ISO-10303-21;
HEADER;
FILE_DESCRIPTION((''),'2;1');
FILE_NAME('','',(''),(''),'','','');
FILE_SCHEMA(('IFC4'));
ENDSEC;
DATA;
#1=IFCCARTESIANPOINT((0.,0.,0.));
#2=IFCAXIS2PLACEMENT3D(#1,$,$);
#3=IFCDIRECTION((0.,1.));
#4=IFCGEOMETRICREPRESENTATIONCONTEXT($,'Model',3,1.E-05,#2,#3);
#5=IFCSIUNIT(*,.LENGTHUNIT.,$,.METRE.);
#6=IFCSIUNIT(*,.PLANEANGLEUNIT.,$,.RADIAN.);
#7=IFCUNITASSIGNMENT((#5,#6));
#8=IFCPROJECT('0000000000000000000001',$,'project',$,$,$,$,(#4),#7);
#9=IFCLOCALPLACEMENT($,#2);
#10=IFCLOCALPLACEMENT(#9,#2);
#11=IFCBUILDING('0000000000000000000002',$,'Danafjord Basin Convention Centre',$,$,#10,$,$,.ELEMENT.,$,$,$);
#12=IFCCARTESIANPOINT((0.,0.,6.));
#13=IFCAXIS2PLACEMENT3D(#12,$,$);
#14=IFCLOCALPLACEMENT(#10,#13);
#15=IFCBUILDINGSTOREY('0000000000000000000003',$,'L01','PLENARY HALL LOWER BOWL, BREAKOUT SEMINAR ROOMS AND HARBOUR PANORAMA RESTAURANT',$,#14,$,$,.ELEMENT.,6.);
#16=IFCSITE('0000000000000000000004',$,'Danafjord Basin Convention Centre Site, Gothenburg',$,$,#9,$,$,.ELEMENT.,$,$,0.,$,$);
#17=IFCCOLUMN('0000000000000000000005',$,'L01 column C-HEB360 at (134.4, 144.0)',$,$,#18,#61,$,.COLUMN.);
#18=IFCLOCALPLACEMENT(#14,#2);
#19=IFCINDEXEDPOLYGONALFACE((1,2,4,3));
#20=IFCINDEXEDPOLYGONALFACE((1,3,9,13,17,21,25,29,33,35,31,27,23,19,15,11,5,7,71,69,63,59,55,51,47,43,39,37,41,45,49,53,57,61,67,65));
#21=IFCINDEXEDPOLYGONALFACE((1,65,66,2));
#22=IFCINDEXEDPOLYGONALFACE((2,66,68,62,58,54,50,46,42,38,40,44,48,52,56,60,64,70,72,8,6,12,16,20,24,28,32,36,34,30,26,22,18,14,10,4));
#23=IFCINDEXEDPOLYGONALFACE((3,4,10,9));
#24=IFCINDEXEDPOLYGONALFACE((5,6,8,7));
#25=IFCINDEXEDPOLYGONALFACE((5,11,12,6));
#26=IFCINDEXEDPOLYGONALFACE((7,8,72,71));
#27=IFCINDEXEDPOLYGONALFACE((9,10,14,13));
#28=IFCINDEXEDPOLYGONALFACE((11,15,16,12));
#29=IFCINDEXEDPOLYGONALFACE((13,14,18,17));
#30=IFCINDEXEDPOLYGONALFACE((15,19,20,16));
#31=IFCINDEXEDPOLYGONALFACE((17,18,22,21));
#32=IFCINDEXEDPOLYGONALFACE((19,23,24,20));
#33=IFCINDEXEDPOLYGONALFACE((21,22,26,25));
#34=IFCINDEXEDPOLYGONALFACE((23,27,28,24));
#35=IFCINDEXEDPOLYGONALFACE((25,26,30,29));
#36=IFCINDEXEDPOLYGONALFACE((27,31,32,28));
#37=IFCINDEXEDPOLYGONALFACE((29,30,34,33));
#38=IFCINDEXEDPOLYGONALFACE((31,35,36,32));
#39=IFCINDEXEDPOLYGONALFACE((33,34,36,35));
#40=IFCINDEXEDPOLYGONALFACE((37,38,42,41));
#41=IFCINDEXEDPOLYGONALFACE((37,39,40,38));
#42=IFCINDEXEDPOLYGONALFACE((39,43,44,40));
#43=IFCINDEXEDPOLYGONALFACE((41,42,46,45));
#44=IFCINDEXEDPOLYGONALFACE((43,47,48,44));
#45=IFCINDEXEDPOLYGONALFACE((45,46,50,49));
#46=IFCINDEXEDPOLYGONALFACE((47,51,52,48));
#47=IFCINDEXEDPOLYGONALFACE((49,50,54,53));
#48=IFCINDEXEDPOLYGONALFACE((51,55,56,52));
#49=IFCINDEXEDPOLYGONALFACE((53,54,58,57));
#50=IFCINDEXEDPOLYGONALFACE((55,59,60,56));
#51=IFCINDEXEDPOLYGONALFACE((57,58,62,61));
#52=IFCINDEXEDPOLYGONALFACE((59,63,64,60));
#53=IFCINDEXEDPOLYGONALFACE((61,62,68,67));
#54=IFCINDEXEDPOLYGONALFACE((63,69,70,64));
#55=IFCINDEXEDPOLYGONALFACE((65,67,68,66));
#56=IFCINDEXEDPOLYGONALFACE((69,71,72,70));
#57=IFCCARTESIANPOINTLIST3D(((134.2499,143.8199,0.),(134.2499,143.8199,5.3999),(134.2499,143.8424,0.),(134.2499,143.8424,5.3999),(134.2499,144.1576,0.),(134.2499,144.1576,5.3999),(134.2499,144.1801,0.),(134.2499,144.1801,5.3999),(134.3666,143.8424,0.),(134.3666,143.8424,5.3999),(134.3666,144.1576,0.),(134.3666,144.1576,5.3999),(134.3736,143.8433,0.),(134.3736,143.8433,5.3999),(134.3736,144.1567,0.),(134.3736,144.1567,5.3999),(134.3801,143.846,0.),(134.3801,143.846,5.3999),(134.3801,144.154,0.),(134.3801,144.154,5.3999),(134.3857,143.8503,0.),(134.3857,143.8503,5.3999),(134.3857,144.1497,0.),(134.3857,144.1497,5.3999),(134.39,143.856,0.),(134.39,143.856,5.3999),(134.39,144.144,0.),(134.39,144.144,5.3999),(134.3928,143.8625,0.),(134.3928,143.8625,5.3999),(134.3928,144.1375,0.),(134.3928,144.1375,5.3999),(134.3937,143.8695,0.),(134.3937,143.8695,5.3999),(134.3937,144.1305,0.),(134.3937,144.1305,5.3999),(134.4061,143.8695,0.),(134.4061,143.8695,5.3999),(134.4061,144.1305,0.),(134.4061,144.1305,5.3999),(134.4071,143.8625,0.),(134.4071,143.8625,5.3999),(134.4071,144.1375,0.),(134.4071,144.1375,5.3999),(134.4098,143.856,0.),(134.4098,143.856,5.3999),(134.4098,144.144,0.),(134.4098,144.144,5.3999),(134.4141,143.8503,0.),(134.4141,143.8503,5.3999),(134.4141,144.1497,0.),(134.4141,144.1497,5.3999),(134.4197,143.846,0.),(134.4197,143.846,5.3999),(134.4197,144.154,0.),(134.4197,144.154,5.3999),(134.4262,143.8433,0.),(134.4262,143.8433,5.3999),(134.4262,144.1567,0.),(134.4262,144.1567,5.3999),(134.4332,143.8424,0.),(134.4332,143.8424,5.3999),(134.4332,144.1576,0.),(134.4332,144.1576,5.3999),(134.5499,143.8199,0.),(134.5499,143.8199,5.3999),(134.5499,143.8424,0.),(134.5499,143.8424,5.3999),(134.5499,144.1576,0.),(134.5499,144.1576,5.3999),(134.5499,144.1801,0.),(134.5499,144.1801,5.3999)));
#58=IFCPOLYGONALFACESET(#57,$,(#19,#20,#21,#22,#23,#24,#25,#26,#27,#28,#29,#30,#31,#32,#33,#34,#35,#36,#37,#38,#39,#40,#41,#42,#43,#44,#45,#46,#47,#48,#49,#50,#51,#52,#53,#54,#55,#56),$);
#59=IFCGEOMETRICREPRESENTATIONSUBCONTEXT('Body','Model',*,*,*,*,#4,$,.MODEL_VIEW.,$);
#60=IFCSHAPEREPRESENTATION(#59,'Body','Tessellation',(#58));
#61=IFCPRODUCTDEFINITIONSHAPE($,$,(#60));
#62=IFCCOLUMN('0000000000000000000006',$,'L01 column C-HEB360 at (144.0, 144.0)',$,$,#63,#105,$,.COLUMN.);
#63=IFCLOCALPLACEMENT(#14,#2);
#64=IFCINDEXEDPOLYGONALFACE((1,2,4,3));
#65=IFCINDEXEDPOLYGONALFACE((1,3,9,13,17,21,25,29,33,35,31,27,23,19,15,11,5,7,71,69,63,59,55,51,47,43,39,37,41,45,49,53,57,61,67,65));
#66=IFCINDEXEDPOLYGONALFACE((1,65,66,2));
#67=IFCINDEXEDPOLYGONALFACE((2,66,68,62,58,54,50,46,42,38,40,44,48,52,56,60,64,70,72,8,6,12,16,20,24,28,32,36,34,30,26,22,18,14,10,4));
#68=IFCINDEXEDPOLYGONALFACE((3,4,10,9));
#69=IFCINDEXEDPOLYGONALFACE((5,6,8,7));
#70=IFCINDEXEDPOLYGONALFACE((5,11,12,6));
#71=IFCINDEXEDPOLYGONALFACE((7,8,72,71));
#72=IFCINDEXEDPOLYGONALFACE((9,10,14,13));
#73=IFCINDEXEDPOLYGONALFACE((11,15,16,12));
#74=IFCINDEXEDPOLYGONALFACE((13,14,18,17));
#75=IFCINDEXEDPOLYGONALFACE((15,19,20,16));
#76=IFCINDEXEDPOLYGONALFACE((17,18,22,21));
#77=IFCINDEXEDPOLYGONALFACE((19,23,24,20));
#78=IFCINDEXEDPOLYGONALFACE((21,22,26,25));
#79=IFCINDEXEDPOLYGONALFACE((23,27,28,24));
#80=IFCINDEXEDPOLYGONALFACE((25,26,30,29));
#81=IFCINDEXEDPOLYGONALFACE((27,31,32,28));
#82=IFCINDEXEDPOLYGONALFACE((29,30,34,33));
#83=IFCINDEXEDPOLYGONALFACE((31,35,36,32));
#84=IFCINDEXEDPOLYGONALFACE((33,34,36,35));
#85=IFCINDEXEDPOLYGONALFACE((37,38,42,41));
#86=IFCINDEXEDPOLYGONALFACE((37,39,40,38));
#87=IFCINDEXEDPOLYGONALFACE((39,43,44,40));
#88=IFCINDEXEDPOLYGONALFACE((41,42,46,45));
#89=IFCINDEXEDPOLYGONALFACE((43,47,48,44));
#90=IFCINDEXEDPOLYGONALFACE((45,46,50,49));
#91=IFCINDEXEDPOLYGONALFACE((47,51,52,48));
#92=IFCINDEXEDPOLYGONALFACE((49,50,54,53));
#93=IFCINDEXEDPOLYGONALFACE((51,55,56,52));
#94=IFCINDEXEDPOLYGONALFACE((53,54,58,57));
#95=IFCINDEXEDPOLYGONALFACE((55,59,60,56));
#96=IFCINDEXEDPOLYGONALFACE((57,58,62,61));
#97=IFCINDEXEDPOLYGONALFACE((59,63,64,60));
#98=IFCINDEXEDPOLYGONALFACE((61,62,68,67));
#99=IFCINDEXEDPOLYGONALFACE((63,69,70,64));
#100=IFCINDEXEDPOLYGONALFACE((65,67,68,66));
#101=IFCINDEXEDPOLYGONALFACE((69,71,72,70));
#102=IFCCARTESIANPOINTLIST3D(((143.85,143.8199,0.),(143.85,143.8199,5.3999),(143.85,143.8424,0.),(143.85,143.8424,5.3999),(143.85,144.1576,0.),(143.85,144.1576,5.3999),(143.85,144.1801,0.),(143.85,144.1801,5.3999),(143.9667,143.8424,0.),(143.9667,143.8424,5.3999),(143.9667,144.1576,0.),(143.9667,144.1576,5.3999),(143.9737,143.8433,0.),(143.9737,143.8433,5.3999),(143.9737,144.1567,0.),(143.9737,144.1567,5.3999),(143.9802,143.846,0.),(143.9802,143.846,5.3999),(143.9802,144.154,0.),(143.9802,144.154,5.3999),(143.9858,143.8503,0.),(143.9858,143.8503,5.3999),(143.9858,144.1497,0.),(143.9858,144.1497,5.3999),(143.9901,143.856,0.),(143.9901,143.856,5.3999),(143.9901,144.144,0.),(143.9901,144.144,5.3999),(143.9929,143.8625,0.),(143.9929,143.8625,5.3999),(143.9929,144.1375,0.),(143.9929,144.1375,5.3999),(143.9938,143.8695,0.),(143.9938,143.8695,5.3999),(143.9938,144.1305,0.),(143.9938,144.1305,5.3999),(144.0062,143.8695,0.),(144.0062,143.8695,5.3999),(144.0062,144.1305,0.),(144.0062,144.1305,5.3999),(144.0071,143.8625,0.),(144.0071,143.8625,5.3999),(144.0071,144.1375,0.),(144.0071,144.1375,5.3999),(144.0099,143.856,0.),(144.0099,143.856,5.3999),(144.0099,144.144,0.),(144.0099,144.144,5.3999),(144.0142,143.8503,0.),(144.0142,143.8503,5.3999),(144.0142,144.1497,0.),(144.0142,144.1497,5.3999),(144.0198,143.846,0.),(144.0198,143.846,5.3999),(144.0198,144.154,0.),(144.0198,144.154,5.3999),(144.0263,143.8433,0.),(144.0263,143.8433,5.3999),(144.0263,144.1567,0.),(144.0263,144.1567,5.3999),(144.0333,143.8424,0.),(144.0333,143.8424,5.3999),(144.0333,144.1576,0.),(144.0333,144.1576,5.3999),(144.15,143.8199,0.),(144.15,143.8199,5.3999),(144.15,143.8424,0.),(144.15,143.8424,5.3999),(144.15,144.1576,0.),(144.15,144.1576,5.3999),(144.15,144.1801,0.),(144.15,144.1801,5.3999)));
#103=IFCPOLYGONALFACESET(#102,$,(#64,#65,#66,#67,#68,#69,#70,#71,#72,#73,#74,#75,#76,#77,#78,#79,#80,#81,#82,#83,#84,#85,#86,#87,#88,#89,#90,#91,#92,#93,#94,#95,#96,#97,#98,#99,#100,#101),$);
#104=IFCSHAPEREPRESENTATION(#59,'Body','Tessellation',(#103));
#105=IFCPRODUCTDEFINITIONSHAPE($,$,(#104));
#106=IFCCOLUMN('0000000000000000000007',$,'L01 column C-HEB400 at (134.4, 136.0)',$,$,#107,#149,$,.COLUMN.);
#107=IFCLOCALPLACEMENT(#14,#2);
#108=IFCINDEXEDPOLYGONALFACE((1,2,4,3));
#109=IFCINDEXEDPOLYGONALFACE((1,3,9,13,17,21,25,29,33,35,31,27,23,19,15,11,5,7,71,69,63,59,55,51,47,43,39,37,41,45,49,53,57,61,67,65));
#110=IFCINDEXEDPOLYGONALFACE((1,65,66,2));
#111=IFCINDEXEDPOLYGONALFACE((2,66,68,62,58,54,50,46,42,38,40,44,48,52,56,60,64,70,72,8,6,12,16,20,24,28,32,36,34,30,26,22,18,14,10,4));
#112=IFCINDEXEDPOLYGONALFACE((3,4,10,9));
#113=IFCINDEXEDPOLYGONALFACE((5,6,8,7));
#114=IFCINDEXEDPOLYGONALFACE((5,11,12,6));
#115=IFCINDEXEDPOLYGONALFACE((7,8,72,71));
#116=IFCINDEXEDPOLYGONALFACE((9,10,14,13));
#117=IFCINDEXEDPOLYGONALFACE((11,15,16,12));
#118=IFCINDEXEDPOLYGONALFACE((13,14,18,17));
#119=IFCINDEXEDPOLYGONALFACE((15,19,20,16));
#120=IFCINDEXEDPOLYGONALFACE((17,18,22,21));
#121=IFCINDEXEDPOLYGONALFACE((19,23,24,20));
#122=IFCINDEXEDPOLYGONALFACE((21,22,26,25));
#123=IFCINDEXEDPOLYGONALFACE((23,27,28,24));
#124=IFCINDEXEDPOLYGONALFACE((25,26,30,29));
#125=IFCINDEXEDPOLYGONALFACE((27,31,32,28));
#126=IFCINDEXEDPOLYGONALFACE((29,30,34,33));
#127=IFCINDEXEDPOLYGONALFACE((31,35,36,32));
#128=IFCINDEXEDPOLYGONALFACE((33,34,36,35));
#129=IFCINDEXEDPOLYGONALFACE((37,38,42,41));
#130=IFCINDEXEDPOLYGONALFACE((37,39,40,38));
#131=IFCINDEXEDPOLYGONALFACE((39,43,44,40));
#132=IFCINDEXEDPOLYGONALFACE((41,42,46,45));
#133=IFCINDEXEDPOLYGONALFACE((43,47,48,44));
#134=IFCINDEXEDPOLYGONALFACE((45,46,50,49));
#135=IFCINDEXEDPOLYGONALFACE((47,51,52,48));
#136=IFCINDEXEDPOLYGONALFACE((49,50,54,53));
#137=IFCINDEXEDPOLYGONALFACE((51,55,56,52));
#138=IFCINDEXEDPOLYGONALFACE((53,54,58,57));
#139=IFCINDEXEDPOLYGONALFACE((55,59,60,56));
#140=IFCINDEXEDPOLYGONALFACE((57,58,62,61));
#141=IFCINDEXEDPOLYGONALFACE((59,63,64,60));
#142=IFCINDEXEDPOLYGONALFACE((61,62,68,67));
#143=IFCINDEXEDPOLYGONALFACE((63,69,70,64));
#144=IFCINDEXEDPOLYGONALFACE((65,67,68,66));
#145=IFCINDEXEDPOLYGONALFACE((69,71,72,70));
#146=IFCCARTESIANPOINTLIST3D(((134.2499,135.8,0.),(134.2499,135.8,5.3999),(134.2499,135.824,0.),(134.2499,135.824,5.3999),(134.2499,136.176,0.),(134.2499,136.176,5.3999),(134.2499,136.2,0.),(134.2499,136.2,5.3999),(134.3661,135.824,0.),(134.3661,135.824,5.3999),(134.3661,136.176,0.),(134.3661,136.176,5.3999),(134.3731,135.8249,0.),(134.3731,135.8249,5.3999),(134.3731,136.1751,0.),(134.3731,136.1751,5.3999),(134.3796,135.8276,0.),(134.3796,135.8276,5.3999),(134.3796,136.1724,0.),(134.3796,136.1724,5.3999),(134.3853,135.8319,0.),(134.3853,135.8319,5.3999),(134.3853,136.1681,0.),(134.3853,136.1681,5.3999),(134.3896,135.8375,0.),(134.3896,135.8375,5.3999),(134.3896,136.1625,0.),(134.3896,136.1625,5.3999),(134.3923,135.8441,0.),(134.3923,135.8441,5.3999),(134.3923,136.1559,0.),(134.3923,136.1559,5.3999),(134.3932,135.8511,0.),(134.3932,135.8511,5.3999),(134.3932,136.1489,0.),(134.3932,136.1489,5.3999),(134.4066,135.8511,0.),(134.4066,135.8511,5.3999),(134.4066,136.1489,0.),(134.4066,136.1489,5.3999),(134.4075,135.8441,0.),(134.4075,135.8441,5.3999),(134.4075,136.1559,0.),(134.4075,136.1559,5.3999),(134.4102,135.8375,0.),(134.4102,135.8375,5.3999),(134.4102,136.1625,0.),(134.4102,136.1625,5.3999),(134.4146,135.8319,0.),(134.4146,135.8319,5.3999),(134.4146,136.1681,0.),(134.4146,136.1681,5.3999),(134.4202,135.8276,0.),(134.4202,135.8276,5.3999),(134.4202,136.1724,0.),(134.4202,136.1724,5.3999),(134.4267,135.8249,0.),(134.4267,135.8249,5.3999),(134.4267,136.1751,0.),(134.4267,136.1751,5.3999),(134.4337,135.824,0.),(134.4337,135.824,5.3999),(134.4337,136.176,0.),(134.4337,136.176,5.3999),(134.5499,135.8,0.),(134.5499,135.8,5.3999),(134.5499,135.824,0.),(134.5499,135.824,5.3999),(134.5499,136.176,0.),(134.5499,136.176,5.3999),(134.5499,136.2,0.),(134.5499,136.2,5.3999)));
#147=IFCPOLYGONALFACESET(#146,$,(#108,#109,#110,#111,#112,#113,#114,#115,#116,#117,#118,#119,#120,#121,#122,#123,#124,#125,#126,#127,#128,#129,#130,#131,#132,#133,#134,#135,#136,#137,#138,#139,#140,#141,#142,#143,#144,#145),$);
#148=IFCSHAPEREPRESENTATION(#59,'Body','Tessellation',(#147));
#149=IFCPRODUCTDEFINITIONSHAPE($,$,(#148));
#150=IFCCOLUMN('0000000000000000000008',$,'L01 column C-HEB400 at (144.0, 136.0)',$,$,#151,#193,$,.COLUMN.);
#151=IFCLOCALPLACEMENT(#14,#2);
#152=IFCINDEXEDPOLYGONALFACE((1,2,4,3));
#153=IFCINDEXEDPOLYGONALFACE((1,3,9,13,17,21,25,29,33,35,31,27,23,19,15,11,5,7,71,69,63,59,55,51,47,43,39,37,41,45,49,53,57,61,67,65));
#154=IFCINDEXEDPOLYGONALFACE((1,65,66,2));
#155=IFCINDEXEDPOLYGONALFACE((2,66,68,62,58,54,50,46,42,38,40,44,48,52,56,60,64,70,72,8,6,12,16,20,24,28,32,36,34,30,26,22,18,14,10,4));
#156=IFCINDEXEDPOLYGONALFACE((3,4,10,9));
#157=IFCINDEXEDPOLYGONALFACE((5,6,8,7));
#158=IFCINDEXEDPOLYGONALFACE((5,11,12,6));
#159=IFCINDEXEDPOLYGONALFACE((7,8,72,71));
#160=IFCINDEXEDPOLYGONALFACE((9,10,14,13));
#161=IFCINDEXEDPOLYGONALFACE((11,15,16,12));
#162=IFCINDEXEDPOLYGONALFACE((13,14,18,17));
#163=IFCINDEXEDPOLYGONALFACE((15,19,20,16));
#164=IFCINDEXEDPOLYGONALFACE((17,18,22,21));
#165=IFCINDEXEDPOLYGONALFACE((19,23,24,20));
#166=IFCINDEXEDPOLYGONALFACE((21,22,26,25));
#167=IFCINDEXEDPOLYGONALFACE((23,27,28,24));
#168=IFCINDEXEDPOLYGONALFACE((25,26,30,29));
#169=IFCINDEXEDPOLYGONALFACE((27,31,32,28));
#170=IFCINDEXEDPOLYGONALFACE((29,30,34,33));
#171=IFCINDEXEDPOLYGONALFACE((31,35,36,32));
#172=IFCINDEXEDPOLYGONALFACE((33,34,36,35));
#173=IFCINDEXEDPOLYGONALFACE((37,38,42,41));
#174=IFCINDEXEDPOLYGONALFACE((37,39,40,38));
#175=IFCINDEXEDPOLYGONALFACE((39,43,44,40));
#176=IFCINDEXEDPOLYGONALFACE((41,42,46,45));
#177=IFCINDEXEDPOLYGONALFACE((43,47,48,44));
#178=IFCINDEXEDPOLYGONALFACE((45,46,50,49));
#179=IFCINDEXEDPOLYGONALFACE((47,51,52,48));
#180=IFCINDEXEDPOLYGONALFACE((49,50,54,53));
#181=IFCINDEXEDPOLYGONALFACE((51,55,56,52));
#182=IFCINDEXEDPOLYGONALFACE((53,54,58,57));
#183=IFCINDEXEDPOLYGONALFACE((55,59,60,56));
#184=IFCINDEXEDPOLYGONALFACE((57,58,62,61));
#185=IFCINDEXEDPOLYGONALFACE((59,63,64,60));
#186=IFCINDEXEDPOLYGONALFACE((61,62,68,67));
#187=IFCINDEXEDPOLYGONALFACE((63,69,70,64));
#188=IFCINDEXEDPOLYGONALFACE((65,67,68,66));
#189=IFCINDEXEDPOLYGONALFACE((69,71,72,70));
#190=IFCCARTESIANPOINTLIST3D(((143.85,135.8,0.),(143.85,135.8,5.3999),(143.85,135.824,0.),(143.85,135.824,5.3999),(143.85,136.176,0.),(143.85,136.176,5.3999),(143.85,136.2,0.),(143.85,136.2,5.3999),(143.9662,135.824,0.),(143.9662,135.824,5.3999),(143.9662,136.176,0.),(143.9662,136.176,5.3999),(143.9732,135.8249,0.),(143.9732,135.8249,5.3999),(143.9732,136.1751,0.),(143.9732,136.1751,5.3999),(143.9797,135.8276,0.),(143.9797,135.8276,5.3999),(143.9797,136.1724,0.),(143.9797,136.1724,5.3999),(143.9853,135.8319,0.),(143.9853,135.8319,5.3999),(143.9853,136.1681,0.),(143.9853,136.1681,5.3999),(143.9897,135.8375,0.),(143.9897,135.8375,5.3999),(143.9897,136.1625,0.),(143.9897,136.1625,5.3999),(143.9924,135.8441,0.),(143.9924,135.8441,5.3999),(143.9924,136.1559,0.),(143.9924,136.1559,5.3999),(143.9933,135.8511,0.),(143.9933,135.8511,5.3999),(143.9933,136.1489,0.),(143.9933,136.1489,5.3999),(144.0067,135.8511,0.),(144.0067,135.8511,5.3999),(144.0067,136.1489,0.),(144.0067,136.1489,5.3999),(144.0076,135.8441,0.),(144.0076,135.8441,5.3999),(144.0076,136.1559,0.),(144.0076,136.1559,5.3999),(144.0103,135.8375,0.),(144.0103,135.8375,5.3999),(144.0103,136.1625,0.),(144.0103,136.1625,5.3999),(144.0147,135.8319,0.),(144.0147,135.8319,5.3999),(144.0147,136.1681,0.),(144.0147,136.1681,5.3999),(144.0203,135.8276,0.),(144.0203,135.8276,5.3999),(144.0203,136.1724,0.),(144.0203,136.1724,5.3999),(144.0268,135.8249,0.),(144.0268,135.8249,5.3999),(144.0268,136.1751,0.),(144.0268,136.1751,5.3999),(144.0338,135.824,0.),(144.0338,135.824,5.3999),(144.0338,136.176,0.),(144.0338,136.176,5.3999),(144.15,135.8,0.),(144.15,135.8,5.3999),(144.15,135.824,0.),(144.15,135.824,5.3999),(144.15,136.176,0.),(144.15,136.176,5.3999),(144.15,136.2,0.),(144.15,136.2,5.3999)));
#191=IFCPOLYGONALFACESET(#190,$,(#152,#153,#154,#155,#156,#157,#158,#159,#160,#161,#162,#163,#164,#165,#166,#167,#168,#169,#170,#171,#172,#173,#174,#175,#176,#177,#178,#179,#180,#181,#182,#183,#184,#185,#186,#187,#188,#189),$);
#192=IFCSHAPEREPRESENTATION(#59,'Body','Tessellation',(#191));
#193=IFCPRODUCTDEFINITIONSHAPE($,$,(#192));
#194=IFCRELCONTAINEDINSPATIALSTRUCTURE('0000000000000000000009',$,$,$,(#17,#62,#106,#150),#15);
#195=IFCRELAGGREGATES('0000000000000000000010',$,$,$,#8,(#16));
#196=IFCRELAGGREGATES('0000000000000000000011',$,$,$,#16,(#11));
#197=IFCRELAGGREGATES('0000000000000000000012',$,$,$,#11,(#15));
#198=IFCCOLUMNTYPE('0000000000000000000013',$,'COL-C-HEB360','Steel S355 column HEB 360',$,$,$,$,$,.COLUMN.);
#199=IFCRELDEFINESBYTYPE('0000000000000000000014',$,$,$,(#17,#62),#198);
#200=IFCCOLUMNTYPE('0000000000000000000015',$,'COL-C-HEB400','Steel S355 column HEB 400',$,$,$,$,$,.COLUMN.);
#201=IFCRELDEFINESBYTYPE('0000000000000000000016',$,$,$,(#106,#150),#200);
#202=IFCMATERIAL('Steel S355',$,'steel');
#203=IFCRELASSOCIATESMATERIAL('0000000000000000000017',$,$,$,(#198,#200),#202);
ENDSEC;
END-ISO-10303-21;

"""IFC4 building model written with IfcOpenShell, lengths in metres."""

from ifc_helpers import new_model, si_unit, direction, frame, origin, origin_2d, place, context, subcontext, project, spatial, i_section, extrude, material, material_profile, profile_set, type_object, element, save


model = new_model("IFC4")

# Units and contexts
model_context = context("Model", 3, precision=1e-05, world=origin(), true_north=direction((0.0, 1.0)))
body_context = subcontext(model_context, "Body", "Model", "MODEL_VIEW")
ifc_project = project(units=[si_unit("LENGTHUNIT", "METRE"), si_unit("PLANEANGLEUNIT", "RADIAN")], contexts=[model_context])

# Site, building, storey
site_placement = place(None, origin())
site = spatial("IfcSite", under=ifc_project, at=site_placement, Name="Danafjord Basin Convention Centre Site, Gothenburg", CompositionType="ELEMENT", RefElevation=0.0)
building_placement = place(site_placement, origin())
building = spatial("IfcBuilding", under=site, at=building_placement, Name="Danafjord Basin Convention Centre", CompositionType="ELEMENT")
storey_placement = place(building_placement, frame((0.0, 0.0, 6.0)))
storey = spatial("IfcBuildingStorey", under=building, at=storey_placement, Name="L01", Description="PLENARY HALL LOWER BOWL, BREAKOUT SEMINAR ROOMS AND HARBOUR PANORAMA RESTAURANT", CompositionType="ELEMENT", Elevation=6.0)

# Columns
ifc_material_1 = material(Name="Steel S355", Category="steel")
ifc_material_profile_1 = material_profile(ifc_material_1, i_section(OverallWidth=0.3, OverallDepth=0.3601, WebThickness=0.0125, FlangeThickness=0.0225, FilletRadius=0.0271, at=origin_2d()), Name="HEB 360")
ifc_profile_set_1 = profile_set([ifc_material_profile_1], Name="Steel S355")
column_type_1 = type_object("IfcColumnType", Name="COL-C-HEB360", Description="Steel S355 column HEB 360", PredefinedType="COLUMN", material=ifc_profile_set_1)
for number, where, z_axis, x_axis, name in (
    (1, (134.3999, 144.0, 0.0), (0.0, 0.0, 1.0), (1.0, 0.0, 0.0), "L01 column C-HEB360 at (134.4, 144.0)"),
    (2, (144.0, 144.0, 0.0), (0.0, 0.0, 1.0), (1.0, 0.0, 0.0), "L01 column C-HEB360 at (144.0, 144.0)"),
):
    element("IfcColumn", number, at=place(storey_placement, frame(where, z_axis=z_axis, x_axis=x_axis)), inside=storey, type_object=column_type_1, Name=name, PredefinedType="COLUMN", context=body_context, shape_type="SweptSolid", body=[
        extrude(i_section(OverallWidth=0.3, OverallDepth=0.3601, WebThickness=0.0125, FlangeThickness=0.0225, FilletRadius=0.0271, at=origin_2d()), origin(), (0.0, 0.0, 1.0), 5.3999),
    ])
ifc_material_profile_2 = material_profile(ifc_material_1, i_section(OverallWidth=0.3, OverallDepth=0.3999, WebThickness=0.0134, FlangeThickness=0.0239, FilletRadius=0.0271, at=origin_2d()), Name="HEB 400")
ifc_profile_set_2 = profile_set([ifc_material_profile_2], Name="Steel S355")
column_type_2 = type_object("IfcColumnType", Name="COL-C-HEB400", Description="Steel S355 column HEB 400", PredefinedType="COLUMN", material=ifc_profile_set_2)
for number, where, z_axis, x_axis, name in (
    (3, (134.3999, 136.0, 0.0), (0.0, 0.0, 1.0), (1.0, 0.0, 0.0), "L01 column C-HEB400 at (134.4, 136.0)"),
    (4, (144.0, 136.0, 0.0), (0.0, 0.0, 1.0), (1.0, 0.0, 0.0), "L01 column C-HEB400 at (144.0, 136.0)"),
):
    element("IfcColumn", number, at=place(storey_placement, frame(where, z_axis=z_axis, x_axis=x_axis)), inside=storey, type_object=column_type_2, Name=name, PredefinedType="COLUMN", context=body_context, shape_type="SweptSolid", body=[
        extrude(i_section(OverallWidth=0.3, OverallDepth=0.3999, WebThickness=0.0134, FlangeThickness=0.0239, FilletRadius=0.0271, at=origin_2d()), origin(), (0.0, 0.0, 1.0), 5.3999),
    ])

save(model, "model.ifc")
